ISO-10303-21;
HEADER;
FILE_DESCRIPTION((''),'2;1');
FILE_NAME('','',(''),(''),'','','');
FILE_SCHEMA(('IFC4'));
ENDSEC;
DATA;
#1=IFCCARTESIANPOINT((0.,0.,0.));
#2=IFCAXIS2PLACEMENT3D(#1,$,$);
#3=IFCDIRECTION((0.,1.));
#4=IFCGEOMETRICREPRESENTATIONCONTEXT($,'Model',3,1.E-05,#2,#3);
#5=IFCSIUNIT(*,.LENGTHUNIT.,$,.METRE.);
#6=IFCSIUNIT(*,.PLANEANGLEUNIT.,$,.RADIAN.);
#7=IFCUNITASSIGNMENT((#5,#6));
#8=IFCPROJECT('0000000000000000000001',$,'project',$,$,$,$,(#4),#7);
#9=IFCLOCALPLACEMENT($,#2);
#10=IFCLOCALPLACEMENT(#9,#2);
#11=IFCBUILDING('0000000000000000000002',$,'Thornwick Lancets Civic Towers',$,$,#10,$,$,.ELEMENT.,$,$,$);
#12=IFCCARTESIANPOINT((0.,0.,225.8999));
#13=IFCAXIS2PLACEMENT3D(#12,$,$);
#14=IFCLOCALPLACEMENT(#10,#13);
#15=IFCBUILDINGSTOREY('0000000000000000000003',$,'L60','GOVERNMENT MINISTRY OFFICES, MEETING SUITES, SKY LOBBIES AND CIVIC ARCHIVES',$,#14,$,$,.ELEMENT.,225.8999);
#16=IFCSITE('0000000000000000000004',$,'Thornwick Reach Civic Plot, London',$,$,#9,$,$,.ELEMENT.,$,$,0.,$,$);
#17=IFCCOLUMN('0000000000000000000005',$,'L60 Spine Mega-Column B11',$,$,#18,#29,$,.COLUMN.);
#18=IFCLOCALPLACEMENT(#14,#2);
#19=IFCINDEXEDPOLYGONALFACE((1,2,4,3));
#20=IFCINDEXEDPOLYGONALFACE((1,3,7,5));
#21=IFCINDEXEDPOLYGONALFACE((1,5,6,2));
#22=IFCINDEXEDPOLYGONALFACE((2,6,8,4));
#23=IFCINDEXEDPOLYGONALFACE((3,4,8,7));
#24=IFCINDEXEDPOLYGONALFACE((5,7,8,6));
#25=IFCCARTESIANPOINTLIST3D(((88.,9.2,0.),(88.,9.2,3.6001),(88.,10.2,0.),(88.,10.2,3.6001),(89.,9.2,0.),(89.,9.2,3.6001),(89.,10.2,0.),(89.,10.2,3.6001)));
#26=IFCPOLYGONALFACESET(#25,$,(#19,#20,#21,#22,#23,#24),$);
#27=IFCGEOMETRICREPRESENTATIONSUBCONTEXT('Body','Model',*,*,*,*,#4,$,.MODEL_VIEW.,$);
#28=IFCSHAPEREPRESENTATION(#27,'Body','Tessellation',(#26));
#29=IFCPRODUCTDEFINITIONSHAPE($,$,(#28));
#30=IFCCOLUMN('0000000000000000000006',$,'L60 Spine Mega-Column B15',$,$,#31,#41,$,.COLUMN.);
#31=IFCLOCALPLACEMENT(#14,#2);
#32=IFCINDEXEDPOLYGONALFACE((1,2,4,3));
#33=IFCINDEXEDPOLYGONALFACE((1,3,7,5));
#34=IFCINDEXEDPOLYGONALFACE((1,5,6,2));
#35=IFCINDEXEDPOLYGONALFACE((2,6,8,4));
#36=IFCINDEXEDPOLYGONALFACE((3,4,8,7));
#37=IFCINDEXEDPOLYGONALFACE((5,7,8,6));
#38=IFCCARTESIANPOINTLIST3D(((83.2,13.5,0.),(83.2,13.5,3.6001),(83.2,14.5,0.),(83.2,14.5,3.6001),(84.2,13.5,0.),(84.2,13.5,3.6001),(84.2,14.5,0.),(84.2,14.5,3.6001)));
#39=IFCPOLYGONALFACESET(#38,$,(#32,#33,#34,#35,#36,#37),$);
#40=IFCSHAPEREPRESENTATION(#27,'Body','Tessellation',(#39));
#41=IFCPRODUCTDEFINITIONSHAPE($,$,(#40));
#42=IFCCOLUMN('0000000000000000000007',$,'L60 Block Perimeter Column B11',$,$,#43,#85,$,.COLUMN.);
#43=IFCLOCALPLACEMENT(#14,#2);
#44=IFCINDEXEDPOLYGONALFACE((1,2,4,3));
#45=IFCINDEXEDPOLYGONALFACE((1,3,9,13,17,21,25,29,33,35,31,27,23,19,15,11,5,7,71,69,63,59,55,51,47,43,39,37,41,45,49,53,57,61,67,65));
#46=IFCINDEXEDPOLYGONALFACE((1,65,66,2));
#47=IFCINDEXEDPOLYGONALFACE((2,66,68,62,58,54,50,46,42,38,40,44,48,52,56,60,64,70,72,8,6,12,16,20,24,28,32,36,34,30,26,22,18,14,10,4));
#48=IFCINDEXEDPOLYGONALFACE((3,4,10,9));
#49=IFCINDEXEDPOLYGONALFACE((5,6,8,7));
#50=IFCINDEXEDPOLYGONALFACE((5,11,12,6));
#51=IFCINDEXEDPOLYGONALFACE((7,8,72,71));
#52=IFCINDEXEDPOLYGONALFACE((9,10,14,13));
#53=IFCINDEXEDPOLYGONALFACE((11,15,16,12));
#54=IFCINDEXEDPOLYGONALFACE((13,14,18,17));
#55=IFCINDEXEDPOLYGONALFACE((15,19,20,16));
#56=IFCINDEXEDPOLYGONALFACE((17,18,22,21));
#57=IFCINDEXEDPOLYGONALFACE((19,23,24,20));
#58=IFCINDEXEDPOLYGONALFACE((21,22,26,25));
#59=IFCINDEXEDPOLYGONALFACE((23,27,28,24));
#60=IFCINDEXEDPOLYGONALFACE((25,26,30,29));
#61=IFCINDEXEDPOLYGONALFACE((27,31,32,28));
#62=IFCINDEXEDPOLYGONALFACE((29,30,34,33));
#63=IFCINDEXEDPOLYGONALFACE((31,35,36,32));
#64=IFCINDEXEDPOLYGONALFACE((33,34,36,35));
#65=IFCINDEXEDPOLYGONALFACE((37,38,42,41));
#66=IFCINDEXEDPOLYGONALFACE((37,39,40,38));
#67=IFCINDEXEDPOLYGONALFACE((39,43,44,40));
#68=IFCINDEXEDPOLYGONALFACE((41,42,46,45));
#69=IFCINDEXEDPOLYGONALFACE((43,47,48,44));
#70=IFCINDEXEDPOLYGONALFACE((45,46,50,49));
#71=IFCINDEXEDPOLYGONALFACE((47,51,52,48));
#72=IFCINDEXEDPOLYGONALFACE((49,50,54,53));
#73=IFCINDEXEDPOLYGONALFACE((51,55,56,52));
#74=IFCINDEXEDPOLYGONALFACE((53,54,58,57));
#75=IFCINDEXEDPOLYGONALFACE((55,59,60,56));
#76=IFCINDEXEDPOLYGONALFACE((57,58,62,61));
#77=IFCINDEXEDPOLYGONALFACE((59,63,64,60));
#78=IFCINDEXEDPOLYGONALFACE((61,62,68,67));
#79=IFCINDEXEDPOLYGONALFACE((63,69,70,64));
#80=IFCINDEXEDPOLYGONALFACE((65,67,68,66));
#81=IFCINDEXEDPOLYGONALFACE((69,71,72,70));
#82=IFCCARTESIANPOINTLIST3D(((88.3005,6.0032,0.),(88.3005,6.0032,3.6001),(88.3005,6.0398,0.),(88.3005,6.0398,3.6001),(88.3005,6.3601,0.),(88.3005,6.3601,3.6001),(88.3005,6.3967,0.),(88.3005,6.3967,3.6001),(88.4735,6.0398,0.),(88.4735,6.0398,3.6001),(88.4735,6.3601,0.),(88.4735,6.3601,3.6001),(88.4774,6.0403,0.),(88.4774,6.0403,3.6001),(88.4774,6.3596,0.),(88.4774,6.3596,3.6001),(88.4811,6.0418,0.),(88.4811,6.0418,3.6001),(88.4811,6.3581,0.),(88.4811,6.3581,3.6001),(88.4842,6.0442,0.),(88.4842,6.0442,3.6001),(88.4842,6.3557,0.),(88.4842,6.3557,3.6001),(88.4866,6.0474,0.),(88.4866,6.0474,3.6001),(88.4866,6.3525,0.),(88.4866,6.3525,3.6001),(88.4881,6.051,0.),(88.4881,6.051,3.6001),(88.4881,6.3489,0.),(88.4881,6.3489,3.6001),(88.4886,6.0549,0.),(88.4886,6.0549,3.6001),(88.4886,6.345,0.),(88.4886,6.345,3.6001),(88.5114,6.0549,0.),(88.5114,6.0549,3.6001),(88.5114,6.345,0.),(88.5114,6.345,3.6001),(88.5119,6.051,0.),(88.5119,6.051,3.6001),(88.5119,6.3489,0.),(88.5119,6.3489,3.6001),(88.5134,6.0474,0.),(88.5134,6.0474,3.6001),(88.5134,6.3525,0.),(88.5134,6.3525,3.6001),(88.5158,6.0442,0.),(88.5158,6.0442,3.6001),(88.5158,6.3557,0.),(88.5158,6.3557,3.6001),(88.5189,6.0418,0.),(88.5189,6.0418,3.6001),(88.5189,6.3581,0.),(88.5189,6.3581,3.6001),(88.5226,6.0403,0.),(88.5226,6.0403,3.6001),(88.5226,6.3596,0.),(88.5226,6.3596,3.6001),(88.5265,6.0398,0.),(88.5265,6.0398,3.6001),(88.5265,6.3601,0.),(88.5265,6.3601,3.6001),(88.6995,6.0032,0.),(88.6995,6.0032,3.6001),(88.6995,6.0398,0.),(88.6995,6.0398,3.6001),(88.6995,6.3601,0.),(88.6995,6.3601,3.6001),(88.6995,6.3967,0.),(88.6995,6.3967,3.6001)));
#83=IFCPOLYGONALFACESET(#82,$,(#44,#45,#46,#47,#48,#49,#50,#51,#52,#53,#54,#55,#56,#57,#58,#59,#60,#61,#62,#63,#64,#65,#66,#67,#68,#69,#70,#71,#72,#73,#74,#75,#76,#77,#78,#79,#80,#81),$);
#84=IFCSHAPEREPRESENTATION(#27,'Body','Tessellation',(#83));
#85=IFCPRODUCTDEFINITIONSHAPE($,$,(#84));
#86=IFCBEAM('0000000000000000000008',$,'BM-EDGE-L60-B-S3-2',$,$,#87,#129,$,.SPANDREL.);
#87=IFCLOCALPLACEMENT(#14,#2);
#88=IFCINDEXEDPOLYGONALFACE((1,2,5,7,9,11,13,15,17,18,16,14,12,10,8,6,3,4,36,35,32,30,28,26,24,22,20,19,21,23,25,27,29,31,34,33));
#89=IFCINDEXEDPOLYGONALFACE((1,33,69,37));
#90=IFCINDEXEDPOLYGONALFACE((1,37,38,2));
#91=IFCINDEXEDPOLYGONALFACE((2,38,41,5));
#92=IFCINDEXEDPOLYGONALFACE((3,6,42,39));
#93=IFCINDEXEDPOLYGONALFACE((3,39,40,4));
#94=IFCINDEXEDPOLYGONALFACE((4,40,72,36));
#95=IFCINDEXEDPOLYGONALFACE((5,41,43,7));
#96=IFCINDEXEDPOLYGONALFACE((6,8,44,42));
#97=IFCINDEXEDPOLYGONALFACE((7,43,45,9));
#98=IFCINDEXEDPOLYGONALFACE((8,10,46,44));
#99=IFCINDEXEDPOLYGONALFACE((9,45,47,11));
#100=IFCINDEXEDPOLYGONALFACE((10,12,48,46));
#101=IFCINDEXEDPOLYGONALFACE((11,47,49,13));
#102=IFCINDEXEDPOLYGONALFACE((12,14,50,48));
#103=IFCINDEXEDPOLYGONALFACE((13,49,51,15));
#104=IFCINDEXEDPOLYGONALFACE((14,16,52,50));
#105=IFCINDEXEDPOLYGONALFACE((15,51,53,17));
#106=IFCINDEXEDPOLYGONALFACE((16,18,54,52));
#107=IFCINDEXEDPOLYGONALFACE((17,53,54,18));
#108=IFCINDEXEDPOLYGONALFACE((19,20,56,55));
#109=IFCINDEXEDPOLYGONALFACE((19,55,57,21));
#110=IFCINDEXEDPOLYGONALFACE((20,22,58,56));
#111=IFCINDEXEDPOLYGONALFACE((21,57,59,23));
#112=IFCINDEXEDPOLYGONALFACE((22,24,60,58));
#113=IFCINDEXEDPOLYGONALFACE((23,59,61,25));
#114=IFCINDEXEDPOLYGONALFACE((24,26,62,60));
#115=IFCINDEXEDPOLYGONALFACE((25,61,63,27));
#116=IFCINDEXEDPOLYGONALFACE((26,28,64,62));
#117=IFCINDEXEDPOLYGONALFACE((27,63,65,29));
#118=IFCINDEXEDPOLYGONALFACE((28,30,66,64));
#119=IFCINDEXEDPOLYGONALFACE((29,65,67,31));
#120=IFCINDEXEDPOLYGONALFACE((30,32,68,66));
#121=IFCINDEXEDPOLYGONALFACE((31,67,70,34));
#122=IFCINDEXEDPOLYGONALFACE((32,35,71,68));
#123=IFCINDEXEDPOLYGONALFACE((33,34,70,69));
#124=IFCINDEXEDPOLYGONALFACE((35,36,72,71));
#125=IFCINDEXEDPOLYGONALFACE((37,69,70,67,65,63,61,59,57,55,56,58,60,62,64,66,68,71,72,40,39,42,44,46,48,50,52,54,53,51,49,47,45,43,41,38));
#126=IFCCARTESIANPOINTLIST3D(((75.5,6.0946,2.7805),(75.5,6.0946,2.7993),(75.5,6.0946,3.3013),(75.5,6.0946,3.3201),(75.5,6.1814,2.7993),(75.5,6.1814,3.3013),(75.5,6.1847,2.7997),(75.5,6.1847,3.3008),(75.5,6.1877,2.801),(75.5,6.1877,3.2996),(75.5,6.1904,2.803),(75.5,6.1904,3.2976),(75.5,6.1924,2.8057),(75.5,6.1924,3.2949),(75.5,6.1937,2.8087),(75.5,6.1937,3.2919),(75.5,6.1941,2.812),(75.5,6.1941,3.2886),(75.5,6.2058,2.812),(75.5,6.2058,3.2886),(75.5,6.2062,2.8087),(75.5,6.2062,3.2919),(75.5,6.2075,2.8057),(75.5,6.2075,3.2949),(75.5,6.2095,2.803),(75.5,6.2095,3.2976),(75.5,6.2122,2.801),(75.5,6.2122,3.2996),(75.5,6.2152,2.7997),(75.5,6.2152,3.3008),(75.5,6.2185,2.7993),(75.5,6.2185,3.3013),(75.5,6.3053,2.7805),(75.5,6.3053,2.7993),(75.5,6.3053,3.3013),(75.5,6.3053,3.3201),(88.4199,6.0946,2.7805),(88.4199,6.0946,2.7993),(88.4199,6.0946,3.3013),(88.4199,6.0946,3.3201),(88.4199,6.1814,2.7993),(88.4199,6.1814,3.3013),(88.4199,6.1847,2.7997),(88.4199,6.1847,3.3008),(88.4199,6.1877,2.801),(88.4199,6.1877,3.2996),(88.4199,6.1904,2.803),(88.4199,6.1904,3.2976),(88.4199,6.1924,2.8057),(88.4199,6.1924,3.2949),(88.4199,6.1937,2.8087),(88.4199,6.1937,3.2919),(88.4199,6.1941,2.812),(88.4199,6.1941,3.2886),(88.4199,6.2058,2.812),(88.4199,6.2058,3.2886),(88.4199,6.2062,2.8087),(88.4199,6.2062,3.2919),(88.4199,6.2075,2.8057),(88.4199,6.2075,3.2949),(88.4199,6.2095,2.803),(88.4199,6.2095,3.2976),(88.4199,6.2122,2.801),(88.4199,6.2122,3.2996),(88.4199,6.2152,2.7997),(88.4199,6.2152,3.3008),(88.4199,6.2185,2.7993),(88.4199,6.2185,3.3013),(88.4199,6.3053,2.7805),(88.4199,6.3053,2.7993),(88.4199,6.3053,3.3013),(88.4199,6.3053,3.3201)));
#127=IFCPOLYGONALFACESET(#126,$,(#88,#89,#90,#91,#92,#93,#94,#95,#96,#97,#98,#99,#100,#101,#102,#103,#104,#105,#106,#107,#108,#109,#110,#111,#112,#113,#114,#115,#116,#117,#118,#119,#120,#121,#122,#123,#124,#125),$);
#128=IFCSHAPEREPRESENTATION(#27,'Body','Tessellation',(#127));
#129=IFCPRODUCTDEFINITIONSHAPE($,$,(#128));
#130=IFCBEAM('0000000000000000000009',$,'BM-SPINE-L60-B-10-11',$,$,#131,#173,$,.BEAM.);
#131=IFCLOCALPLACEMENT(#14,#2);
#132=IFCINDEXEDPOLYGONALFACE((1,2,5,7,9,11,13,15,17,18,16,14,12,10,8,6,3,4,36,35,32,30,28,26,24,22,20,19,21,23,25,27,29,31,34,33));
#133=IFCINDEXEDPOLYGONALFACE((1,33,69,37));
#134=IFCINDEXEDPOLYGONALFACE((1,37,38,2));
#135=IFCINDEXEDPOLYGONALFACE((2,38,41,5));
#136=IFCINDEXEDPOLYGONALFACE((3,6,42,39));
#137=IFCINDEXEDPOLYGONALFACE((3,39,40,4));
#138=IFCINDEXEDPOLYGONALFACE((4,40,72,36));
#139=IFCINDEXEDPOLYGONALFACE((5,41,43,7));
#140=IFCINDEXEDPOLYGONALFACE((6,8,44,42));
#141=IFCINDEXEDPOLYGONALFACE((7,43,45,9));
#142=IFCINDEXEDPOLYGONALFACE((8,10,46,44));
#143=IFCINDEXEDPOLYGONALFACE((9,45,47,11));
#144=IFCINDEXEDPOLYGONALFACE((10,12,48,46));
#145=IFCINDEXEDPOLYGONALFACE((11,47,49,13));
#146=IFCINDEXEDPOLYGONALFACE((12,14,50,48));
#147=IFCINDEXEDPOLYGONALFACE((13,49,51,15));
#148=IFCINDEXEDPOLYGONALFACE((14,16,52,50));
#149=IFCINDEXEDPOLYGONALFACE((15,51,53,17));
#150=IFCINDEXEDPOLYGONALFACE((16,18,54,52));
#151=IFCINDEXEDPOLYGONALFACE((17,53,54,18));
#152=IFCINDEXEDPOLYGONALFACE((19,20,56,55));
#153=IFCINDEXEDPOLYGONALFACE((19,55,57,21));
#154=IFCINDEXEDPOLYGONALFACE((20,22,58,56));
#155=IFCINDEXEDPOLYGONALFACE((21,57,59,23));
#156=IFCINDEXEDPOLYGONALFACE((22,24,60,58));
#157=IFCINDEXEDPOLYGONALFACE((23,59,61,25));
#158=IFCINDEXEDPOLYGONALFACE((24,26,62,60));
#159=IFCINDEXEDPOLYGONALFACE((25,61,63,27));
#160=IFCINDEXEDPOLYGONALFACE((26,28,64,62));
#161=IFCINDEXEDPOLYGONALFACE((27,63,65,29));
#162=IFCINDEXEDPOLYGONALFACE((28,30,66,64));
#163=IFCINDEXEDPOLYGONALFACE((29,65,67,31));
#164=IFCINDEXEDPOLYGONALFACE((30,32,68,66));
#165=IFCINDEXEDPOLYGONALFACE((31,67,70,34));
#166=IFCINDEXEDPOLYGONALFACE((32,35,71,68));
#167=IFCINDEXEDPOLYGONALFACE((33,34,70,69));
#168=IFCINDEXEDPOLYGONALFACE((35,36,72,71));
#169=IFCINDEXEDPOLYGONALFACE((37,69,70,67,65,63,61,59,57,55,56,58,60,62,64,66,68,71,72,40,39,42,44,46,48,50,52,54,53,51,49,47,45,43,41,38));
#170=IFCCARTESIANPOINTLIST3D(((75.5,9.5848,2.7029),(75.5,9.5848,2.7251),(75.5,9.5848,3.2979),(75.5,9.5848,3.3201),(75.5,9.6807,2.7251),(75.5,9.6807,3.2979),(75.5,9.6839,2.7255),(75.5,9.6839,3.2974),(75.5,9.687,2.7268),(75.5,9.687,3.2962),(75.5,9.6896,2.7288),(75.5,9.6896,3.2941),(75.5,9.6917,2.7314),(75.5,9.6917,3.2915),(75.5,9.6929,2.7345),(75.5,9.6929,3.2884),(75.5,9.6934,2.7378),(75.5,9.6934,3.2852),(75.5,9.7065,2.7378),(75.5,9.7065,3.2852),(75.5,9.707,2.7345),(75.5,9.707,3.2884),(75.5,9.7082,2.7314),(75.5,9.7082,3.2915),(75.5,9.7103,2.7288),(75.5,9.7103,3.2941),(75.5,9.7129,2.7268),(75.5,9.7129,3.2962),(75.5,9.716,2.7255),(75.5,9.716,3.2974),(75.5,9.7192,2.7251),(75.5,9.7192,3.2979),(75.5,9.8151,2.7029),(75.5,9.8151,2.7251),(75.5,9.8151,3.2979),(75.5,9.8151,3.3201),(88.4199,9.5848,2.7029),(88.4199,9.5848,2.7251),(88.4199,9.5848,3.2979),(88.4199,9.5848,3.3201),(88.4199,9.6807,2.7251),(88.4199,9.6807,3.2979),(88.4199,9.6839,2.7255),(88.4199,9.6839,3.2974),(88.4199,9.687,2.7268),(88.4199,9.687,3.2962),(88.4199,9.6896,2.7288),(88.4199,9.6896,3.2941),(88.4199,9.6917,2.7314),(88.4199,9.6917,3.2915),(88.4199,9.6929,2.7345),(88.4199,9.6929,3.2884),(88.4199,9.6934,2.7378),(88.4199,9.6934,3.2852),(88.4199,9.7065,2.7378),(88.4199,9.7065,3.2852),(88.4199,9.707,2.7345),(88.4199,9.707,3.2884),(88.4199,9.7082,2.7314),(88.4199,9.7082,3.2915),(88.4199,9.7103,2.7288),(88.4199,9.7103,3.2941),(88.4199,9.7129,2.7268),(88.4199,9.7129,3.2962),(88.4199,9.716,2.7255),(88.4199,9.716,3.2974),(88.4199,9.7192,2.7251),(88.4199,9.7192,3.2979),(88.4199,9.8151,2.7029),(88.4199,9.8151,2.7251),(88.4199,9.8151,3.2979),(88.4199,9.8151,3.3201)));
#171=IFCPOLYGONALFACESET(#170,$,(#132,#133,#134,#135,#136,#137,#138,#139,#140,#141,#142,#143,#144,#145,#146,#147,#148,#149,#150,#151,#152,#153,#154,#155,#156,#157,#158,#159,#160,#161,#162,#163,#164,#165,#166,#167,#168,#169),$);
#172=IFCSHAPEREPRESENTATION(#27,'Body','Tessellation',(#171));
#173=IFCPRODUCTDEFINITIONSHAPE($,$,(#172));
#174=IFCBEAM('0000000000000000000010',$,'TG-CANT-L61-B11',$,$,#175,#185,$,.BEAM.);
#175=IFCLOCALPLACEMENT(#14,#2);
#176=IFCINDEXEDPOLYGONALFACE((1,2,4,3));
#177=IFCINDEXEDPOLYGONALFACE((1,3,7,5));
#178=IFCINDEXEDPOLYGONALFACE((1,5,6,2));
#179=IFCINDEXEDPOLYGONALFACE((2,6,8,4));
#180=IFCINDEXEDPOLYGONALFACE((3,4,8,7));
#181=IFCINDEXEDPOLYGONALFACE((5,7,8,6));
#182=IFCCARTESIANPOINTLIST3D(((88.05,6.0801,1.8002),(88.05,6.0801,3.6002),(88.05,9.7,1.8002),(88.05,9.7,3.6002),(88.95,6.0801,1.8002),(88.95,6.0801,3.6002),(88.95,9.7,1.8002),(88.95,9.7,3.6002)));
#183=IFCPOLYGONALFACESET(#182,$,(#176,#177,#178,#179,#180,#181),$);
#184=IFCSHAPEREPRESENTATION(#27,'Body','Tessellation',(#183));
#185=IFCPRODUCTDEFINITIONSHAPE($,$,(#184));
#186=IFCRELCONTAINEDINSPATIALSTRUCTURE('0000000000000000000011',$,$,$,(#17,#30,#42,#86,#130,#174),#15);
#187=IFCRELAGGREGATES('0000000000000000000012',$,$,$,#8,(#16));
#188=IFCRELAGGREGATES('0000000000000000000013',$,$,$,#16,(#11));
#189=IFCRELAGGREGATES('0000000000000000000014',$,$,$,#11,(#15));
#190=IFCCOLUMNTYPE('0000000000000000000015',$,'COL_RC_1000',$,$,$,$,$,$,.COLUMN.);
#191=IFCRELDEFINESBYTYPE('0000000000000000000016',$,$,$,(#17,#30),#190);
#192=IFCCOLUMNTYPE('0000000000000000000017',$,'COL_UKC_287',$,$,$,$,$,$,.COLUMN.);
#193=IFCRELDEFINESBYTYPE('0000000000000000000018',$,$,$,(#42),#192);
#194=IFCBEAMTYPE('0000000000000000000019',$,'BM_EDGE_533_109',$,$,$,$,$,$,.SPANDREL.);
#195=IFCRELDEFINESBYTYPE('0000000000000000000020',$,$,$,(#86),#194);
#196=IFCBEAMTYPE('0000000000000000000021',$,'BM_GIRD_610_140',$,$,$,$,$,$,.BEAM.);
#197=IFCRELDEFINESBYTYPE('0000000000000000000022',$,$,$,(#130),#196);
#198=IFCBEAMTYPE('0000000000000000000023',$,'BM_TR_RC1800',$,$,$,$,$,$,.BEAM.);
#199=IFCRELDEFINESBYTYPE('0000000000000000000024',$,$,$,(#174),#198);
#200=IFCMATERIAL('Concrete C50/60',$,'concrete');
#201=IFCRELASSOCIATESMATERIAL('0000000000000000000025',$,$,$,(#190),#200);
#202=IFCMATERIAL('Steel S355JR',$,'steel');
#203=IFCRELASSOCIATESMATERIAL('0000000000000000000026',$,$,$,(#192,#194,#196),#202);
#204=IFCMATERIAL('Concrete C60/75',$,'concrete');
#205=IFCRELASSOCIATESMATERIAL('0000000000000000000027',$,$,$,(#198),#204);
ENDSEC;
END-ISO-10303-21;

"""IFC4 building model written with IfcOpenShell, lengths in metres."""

from ifc_helpers import new_model, si_unit, direction, frame, origin, origin_2d, place, context, subcontext, project, spatial, rectangle, i_section, extrude, material, material_profile, profile_set, type_object, element, save


model = new_model("IFC4")

# Units and contexts
model_context = context("Model", 3, precision=1e-05, world=origin(), true_north=direction((0.0, 1.0)))
body_context = subcontext(model_context, "Body", "Model", "MODEL_VIEW")
ifc_project = project(units=[si_unit("LENGTHUNIT", "METRE"), si_unit("PLANEANGLEUNIT", "RADIAN")], contexts=[model_context])

# Site, building, storey
site_placement = place(None, origin())
site = spatial("IfcSite", under=ifc_project, at=site_placement, Name="Thornwick Reach Civic Plot, London", CompositionType="ELEMENT", RefElevation=0.0)
building_placement = place(site_placement, origin())
building = spatial("IfcBuilding", under=site, at=building_placement, Name="Thornwick Lancets Civic Towers", CompositionType="ELEMENT")
storey_placement = place(building_placement, frame((0.0, 0.0, 225.8999)))
storey = spatial("IfcBuildingStorey", under=building, at=storey_placement, Name="L60", Description="GOVERNMENT MINISTRY OFFICES, MEETING SUITES, SKY LOBBIES AND CIVIC ARCHIVES", CompositionType="ELEMENT", Elevation=225.8999)

# Columns
ifc_material_1 = material(Name="Concrete C50/60", Category="concrete")
ifc_material_profile_1 = material_profile(ifc_material_1, rectangle(XDim=1.0, YDim=1.0, at=origin_2d()), Name="RC 1000x1000")
ifc_profile_set_1 = profile_set([ifc_material_profile_1], Name="Concrete C50/60")
column_type_1 = type_object("IfcColumnType", Name="COL_RC_1000", PredefinedType="COLUMN", material=ifc_profile_set_1)
for number, where, z_axis, x_axis, name in (
    (1, (88.5, 9.7, 0.0), (0.0, 0.0, 1.0), (1.0, 0.0, 0.0), "L60 Spine Mega-Column B11"),
    (2, (83.7, 14.0, 0.0), (0.0, 0.0, 1.0), (1.0, 0.0, 0.0), "L60 Spine Mega-Column B15"),
):
    element("IfcColumn", number, at=place(storey_placement, frame(where, z_axis=z_axis, x_axis=x_axis)), inside=storey, type_object=column_type_1, Name=name, PredefinedType="COLUMN", context=body_context, shape_type="SweptSolid", body=[
        extrude(rectangle(XDim=1.0, YDim=1.0, at=origin_2d()), origin(), (0.0, 0.0, 1.0), 3.6001),
    ])
ifc_material_2 = material(Name="Steel S355JR", Category="steel")
ifc_material_profile_2 = material_profile(ifc_material_2, i_section(OverallWidth=0.3989, OverallDepth=0.3936, WebThickness=0.0227, FlangeThickness=0.0366, FilletRadius=0.0151, at=origin_2d()), Name="UKC 356x406x287")
ifc_profile_set_2 = profile_set([ifc_material_profile_2], Name="Steel S355JR")
column_type_2 = type_object("IfcColumnType", Name="COL_UKC_287", PredefinedType="COLUMN", material=ifc_profile_set_2)
column_placement = place(storey_placement, frame((88.5, 6.2, 0.0), z_axis=(0.0, 0.0, 1.0), x_axis=(1.0, 0.0, 0.0)))
element("IfcColumn", 3, at=column_placement, inside=storey, type_object=column_type_2, Name="L60 Block Perimeter Column B11", PredefinedType="COLUMN", context=body_context, shape_type="SweptSolid", body=[
    extrude(i_section(OverallWidth=0.3989, OverallDepth=0.3936, WebThickness=0.0227, FlangeThickness=0.0366, FilletRadius=0.0151, at=origin_2d()), origin(), (0.0, 0.0, 1.0), 3.6001),
])

# Beams
ifc_material_profile_3 = material_profile(ifc_material_2, i_section(OverallWidth=0.2107, OverallDepth=0.5396, WebThickness=0.0117, FlangeThickness=0.0188, FilletRadius=0.0127, at=origin_2d()), Name="UKB 533x210x109")
ifc_profile_set_3 = profile_set([ifc_material_profile_3], Name="Steel S355JR")
beam_type_1 = type_object("IfcBeamType", Name="BM_EDGE_533_109", PredefinedType="SPANDREL", material=ifc_profile_set_3)
beam_1_placement = place(storey_placement, frame((88.4199, 6.2, 3.0503), z_axis=(-1.0, 0.0, 0.0), x_axis=(0.0, -1.0, 0.0)))
element("IfcBeam", 4, at=beam_1_placement, inside=storey, type_object=beam_type_1, Name="BM-EDGE-L60-B-S3-2", PredefinedType="SPANDREL", context=body_context, shape_type="SweptSolid", body=[
    extrude(i_section(OverallWidth=0.2107, OverallDepth=0.5396, WebThickness=0.0117, FlangeThickness=0.0188, FilletRadius=0.0127, at=origin_2d()), origin(), (0.0, 0.0, 1.0), 12.9199),
])
ifc_material_profile_4 = material_profile(ifc_material_2, i_section(OverallWidth=0.2302, OverallDepth=0.6172, WebThickness=0.0132, FlangeThickness=0.0222, FilletRadius=0.0127, at=origin_2d()), Name="UKB 610x229x140")
ifc_profile_set_4 = profile_set([ifc_material_profile_4], Name="Steel S355JR")
beam_type_2 = type_object("IfcBeamType", Name="BM_GIRD_610_140", PredefinedType="BEAM", material=ifc_profile_set_4)
beam_2_placement = place(storey_placement, frame((88.4199, 9.7, 3.0115), z_axis=(-1.0, 0.0, 0.0), x_axis=(0.0, -1.0, 0.0)))
element("IfcBeam", 5, at=beam_2_placement, inside=storey, type_object=beam_type_2, Name="BM-SPINE-L60-B-10-11", PredefinedType="BEAM", context=body_context, shape_type="SweptSolid", body=[
    extrude(i_section(OverallWidth=0.2302, OverallDepth=0.6172, WebThickness=0.0132, FlangeThickness=0.0222, FilletRadius=0.0127, at=origin_2d()), origin(), (0.0, 0.0, 1.0), 12.9199),
])
ifc_material_3 = material(Name="Concrete C60/75", Category="concrete")
ifc_material_profile_5 = material_profile(ifc_material_3, rectangle(XDim=0.8999, YDim=1.8, at=origin_2d()), Name="RC 900x1800")
ifc_profile_set_5 = profile_set([ifc_material_profile_5], Name="Concrete C60/75")
beam_type_3 = type_object("IfcBeamType", Name="BM_TR_RC1800", PredefinedType="BEAM", material=ifc_profile_set_5)
beam_3_placement = place(storey_placement, frame((88.5, 9.7, 2.7002), z_axis=(0.0, -1.0, 0.0), x_axis=(1.0, 0.0, 0.0)))
element("IfcBeam", 6, at=beam_3_placement, inside=storey, type_object=beam_type_3, Name="TG-CANT-L61-B11", PredefinedType="BEAM", context=body_context, shape_type="SweptSolid", body=[
    extrude(rectangle(XDim=0.8999, YDim=1.8, at=origin_2d()), origin(), (0.0, 0.0, 1.0), 3.6199),
])

save(model, "model.ifc")
